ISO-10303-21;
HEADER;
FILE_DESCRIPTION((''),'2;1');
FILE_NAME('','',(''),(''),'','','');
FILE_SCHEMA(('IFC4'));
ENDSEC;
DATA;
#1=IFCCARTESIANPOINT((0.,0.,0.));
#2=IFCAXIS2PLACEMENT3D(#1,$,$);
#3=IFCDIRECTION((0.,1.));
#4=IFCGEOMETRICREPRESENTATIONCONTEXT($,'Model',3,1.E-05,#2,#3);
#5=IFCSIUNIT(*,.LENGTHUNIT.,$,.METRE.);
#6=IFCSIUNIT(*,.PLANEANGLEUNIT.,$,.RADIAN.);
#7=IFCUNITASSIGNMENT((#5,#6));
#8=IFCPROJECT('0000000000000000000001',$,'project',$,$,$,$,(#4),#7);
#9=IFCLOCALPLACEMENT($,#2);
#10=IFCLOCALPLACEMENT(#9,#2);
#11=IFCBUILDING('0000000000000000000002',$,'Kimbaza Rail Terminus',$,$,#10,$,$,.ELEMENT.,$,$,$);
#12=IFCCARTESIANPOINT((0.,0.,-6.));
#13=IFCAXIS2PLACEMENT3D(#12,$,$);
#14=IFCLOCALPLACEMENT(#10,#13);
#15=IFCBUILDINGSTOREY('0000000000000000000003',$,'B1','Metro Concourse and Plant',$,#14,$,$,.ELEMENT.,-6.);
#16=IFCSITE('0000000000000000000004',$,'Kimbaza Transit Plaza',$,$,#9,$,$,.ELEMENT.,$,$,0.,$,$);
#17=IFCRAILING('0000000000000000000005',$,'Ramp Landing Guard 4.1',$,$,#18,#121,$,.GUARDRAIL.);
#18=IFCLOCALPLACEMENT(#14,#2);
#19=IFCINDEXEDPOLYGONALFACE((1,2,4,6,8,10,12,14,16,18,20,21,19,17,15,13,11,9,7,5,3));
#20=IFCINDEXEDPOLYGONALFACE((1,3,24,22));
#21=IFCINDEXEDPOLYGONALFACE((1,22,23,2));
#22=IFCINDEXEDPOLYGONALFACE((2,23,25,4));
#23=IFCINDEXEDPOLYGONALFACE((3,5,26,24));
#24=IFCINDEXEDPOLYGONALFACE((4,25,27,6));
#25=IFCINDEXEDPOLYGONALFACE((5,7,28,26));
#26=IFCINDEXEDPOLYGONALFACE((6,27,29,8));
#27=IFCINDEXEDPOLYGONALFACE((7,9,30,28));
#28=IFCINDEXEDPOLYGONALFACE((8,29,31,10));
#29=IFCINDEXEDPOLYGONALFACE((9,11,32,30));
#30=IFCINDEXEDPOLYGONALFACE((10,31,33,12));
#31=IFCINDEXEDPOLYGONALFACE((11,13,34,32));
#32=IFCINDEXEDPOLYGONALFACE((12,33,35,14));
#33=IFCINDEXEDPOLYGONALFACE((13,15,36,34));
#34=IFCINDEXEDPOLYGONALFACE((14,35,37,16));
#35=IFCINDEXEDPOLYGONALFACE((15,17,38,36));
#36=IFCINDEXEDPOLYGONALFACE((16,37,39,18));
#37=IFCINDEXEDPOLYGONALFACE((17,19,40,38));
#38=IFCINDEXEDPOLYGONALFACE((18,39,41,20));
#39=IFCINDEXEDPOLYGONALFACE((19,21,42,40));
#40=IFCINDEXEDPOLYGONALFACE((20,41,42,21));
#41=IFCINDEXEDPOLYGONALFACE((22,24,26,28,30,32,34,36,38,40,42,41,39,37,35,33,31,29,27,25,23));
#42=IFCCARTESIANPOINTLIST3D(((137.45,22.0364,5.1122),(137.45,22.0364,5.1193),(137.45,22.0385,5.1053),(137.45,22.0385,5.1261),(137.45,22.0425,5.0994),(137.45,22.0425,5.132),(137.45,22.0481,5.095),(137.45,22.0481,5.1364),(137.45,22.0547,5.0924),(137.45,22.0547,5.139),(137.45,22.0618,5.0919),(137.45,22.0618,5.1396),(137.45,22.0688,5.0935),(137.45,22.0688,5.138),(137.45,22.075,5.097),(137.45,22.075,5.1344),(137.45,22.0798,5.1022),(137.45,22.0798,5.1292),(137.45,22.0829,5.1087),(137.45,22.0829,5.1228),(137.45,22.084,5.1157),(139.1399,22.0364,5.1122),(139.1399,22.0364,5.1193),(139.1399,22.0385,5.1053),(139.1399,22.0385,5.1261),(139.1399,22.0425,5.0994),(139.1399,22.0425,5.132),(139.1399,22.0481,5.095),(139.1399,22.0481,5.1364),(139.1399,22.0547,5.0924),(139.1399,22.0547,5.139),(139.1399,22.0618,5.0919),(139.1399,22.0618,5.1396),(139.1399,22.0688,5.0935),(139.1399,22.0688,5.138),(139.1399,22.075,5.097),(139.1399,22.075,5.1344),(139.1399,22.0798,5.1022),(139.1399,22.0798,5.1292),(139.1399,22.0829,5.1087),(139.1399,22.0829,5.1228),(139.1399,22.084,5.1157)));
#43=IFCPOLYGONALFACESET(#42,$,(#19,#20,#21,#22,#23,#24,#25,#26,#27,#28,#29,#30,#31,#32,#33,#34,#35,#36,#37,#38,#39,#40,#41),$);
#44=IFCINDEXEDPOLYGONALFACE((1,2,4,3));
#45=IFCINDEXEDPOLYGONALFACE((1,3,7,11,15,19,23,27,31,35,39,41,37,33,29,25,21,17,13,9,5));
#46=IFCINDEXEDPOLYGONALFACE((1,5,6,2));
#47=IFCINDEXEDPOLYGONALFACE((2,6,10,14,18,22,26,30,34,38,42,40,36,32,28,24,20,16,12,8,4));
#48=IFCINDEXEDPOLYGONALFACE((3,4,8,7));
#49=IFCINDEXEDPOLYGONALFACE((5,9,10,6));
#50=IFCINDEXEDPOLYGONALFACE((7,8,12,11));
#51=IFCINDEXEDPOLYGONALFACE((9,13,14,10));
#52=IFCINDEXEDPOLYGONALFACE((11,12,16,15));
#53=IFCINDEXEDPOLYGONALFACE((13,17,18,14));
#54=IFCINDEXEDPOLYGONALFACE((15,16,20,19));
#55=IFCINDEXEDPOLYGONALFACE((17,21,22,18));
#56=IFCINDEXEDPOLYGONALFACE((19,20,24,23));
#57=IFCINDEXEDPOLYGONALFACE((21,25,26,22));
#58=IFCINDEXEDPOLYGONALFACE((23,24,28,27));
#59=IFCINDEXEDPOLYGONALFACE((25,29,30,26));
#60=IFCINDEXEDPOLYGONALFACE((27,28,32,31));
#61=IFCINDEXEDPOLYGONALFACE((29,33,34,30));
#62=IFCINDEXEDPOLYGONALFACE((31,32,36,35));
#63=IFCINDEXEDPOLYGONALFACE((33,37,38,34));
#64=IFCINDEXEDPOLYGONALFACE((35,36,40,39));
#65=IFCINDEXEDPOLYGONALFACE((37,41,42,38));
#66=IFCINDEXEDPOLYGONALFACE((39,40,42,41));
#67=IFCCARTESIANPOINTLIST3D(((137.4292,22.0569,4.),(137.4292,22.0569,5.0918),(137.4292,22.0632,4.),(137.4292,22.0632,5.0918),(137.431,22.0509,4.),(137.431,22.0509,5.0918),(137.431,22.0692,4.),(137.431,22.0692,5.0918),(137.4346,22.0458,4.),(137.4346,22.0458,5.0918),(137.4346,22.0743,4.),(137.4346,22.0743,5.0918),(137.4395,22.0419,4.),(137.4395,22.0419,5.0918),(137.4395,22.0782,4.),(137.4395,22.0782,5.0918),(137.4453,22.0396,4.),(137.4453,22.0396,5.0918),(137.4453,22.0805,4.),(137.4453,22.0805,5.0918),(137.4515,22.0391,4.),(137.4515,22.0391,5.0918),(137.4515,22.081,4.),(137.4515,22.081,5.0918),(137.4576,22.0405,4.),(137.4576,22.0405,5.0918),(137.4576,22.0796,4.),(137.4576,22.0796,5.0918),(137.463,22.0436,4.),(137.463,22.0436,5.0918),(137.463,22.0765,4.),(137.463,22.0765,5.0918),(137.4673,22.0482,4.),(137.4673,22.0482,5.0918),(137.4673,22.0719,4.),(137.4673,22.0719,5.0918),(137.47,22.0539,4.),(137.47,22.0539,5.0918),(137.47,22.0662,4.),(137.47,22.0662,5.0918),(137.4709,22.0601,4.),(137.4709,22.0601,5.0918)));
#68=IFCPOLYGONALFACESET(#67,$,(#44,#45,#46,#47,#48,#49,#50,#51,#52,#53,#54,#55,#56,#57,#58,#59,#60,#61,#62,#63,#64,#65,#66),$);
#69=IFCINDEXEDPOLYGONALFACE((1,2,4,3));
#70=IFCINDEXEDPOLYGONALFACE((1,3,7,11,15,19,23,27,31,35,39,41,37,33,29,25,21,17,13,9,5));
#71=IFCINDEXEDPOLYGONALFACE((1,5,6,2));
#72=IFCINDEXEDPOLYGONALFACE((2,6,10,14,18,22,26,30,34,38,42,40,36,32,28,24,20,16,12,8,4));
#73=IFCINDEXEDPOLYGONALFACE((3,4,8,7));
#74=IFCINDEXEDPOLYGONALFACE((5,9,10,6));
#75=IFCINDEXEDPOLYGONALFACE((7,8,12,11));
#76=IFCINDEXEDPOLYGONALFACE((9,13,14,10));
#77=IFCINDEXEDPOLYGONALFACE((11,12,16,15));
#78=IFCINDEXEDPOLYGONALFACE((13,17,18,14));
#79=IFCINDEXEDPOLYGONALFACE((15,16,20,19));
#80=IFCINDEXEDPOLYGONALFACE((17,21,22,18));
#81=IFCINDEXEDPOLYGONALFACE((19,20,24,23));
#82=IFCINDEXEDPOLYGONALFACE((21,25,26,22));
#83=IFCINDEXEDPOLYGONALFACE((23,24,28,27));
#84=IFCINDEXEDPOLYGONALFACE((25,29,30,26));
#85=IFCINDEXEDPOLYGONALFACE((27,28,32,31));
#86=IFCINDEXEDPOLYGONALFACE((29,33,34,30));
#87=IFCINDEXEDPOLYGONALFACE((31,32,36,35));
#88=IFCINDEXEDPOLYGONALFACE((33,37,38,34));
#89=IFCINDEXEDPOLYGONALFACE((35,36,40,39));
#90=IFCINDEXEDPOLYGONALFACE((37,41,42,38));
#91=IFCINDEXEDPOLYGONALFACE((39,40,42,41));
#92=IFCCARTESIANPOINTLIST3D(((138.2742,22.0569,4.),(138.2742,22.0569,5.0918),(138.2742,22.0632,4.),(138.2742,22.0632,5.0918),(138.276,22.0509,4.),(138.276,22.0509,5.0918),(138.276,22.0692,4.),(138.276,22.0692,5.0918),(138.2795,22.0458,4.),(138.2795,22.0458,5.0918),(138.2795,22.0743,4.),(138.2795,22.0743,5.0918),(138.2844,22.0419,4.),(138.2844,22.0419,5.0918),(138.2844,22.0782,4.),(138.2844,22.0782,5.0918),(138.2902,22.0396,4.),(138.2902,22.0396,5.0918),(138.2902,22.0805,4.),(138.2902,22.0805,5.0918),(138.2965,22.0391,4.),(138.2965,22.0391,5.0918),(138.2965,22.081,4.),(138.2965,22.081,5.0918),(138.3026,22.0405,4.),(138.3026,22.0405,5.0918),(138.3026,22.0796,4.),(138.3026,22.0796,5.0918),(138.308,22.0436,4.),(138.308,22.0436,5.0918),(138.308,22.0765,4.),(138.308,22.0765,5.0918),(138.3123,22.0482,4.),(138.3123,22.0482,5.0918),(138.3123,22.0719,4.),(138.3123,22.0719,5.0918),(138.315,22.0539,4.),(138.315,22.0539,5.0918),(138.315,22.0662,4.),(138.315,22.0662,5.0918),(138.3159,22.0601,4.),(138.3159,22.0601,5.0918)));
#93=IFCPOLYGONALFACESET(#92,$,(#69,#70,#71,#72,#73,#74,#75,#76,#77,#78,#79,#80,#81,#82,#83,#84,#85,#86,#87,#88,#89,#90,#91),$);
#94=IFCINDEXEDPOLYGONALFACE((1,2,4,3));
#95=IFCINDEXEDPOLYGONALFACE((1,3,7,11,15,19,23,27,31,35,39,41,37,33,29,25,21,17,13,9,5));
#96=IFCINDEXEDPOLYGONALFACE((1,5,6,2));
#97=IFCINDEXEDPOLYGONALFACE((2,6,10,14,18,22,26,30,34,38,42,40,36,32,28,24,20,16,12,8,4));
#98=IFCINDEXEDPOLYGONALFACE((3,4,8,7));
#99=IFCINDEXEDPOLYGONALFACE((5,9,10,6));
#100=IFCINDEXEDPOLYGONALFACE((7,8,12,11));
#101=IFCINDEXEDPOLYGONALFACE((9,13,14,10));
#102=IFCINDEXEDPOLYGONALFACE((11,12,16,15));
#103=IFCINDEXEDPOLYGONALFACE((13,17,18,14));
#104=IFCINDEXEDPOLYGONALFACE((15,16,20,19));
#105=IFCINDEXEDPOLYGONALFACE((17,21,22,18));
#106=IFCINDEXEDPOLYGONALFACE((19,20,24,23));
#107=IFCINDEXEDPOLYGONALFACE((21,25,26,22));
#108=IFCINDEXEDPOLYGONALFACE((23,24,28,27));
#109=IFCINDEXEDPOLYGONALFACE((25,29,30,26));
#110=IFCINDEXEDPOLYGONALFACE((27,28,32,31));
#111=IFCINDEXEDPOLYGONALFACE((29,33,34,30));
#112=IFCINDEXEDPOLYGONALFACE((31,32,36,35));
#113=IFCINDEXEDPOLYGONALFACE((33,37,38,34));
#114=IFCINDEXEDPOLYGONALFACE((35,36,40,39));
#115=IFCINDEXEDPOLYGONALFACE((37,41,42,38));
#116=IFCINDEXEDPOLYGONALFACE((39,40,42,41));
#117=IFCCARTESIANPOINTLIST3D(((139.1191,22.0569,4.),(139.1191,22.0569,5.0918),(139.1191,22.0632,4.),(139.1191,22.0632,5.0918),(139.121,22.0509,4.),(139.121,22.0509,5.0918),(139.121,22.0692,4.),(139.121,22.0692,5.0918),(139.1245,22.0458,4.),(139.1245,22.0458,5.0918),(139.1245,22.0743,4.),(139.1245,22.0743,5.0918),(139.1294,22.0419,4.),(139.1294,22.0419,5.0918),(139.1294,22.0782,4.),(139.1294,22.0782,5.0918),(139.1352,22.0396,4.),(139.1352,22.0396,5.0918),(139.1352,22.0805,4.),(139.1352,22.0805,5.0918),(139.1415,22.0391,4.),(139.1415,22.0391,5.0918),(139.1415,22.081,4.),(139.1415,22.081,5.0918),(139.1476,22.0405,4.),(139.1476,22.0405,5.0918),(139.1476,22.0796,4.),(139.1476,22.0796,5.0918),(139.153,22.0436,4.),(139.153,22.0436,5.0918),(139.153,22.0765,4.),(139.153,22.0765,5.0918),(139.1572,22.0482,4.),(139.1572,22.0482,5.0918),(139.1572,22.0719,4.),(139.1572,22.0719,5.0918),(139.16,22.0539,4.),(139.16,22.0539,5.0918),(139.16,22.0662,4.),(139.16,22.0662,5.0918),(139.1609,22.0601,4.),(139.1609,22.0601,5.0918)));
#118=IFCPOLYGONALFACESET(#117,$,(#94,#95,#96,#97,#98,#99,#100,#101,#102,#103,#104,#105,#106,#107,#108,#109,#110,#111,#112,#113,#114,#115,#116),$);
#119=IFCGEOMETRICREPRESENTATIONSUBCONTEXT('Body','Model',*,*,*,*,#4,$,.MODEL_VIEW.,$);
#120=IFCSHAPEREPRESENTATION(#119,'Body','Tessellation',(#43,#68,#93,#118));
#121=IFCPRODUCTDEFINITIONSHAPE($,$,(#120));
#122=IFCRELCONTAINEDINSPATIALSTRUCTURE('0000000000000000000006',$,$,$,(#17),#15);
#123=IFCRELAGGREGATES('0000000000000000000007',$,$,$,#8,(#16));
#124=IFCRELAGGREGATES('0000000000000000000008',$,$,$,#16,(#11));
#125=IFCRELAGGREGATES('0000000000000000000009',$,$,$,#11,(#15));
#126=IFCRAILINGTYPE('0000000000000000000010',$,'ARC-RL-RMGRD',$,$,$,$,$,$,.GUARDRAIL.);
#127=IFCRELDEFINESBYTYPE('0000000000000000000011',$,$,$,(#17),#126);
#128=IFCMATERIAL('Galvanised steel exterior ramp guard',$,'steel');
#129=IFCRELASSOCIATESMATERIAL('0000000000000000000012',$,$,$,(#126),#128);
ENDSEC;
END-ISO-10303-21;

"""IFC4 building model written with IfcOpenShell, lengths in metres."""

from ifc_helpers import new_model, si_unit, direction, frame, origin, origin_2d, place, context, subcontext, project, spatial, circle, extrude, material, type_object, element, save


model = new_model("IFC4")

# Units and contexts
model_context = context("Model", 3, precision=1e-05, world=origin(), true_north=direction((0.0, 1.0)))
body_context = subcontext(model_context, "Body", "Model", "MODEL_VIEW")
ifc_project = project(units=[si_unit("LENGTHUNIT", "METRE"), si_unit("PLANEANGLEUNIT", "RADIAN")], contexts=[model_context])

# Site, building, storey
site_placement = place(None, origin())
site = spatial("IfcSite", under=ifc_project, at=site_placement, Name="Kimbaza Transit Plaza", CompositionType="ELEMENT", RefElevation=0.0)
building_placement = place(site_placement, origin())
building = spatial("IfcBuilding", under=site, at=building_placement, Name="Kimbaza Rail Terminus", CompositionType="ELEMENT")
storey_placement = place(building_placement, frame((0.0, 0.0, -6.0)))
storey = spatial("IfcBuildingStorey", under=building, at=storey_placement, Name="B1", Description="Metro Concourse and Plant", CompositionType="ELEMENT", Elevation=-6.0)

# Railing
ifc_material_1 = material(Name="Galvanised steel exterior ramp guard", Category="steel")
railing_type = type_object("IfcRailingType", Name="ARC-RL-RMGRD", PredefinedType="GUARDRAIL", material=ifc_material_1)
railing_1_placement = place(storey_placement, frame((137.45, 22.0601, 4.0)))
element("IfcRailing", 1, at=railing_1_placement, inside=storey, type_object=railing_type, Name="Ramp Landing Guard 4.1", PredefinedType="GUARDRAIL", context=body_context, shape_type="SweptSolid", body=[
    extrude(circle(Radius=0.0239, at=origin_2d()), frame((0.0, 0.0, 1.1157), z_axis=(1.0, 0.0, 0.0), x_axis=(0.0, 1.0, 0.0)), (0.0, 0.0, 1.0), 1.6899),
    extrude(circle(Radius=0.021, at=origin_2d()), origin(), (0.0, 0.0, 1.0), 1.0918),
    extrude(circle(Radius=0.021, at=origin_2d()), frame((0.845, 0.0, 0.0)), (0.0, 0.0, 1.0), 1.0918),
    extrude(circle(Radius=0.021, at=origin_2d()), frame((1.6899, 0.0, 0.0)), (0.0, 0.0, 1.0), 1.0918),
])

save(model, "model.ifc")
